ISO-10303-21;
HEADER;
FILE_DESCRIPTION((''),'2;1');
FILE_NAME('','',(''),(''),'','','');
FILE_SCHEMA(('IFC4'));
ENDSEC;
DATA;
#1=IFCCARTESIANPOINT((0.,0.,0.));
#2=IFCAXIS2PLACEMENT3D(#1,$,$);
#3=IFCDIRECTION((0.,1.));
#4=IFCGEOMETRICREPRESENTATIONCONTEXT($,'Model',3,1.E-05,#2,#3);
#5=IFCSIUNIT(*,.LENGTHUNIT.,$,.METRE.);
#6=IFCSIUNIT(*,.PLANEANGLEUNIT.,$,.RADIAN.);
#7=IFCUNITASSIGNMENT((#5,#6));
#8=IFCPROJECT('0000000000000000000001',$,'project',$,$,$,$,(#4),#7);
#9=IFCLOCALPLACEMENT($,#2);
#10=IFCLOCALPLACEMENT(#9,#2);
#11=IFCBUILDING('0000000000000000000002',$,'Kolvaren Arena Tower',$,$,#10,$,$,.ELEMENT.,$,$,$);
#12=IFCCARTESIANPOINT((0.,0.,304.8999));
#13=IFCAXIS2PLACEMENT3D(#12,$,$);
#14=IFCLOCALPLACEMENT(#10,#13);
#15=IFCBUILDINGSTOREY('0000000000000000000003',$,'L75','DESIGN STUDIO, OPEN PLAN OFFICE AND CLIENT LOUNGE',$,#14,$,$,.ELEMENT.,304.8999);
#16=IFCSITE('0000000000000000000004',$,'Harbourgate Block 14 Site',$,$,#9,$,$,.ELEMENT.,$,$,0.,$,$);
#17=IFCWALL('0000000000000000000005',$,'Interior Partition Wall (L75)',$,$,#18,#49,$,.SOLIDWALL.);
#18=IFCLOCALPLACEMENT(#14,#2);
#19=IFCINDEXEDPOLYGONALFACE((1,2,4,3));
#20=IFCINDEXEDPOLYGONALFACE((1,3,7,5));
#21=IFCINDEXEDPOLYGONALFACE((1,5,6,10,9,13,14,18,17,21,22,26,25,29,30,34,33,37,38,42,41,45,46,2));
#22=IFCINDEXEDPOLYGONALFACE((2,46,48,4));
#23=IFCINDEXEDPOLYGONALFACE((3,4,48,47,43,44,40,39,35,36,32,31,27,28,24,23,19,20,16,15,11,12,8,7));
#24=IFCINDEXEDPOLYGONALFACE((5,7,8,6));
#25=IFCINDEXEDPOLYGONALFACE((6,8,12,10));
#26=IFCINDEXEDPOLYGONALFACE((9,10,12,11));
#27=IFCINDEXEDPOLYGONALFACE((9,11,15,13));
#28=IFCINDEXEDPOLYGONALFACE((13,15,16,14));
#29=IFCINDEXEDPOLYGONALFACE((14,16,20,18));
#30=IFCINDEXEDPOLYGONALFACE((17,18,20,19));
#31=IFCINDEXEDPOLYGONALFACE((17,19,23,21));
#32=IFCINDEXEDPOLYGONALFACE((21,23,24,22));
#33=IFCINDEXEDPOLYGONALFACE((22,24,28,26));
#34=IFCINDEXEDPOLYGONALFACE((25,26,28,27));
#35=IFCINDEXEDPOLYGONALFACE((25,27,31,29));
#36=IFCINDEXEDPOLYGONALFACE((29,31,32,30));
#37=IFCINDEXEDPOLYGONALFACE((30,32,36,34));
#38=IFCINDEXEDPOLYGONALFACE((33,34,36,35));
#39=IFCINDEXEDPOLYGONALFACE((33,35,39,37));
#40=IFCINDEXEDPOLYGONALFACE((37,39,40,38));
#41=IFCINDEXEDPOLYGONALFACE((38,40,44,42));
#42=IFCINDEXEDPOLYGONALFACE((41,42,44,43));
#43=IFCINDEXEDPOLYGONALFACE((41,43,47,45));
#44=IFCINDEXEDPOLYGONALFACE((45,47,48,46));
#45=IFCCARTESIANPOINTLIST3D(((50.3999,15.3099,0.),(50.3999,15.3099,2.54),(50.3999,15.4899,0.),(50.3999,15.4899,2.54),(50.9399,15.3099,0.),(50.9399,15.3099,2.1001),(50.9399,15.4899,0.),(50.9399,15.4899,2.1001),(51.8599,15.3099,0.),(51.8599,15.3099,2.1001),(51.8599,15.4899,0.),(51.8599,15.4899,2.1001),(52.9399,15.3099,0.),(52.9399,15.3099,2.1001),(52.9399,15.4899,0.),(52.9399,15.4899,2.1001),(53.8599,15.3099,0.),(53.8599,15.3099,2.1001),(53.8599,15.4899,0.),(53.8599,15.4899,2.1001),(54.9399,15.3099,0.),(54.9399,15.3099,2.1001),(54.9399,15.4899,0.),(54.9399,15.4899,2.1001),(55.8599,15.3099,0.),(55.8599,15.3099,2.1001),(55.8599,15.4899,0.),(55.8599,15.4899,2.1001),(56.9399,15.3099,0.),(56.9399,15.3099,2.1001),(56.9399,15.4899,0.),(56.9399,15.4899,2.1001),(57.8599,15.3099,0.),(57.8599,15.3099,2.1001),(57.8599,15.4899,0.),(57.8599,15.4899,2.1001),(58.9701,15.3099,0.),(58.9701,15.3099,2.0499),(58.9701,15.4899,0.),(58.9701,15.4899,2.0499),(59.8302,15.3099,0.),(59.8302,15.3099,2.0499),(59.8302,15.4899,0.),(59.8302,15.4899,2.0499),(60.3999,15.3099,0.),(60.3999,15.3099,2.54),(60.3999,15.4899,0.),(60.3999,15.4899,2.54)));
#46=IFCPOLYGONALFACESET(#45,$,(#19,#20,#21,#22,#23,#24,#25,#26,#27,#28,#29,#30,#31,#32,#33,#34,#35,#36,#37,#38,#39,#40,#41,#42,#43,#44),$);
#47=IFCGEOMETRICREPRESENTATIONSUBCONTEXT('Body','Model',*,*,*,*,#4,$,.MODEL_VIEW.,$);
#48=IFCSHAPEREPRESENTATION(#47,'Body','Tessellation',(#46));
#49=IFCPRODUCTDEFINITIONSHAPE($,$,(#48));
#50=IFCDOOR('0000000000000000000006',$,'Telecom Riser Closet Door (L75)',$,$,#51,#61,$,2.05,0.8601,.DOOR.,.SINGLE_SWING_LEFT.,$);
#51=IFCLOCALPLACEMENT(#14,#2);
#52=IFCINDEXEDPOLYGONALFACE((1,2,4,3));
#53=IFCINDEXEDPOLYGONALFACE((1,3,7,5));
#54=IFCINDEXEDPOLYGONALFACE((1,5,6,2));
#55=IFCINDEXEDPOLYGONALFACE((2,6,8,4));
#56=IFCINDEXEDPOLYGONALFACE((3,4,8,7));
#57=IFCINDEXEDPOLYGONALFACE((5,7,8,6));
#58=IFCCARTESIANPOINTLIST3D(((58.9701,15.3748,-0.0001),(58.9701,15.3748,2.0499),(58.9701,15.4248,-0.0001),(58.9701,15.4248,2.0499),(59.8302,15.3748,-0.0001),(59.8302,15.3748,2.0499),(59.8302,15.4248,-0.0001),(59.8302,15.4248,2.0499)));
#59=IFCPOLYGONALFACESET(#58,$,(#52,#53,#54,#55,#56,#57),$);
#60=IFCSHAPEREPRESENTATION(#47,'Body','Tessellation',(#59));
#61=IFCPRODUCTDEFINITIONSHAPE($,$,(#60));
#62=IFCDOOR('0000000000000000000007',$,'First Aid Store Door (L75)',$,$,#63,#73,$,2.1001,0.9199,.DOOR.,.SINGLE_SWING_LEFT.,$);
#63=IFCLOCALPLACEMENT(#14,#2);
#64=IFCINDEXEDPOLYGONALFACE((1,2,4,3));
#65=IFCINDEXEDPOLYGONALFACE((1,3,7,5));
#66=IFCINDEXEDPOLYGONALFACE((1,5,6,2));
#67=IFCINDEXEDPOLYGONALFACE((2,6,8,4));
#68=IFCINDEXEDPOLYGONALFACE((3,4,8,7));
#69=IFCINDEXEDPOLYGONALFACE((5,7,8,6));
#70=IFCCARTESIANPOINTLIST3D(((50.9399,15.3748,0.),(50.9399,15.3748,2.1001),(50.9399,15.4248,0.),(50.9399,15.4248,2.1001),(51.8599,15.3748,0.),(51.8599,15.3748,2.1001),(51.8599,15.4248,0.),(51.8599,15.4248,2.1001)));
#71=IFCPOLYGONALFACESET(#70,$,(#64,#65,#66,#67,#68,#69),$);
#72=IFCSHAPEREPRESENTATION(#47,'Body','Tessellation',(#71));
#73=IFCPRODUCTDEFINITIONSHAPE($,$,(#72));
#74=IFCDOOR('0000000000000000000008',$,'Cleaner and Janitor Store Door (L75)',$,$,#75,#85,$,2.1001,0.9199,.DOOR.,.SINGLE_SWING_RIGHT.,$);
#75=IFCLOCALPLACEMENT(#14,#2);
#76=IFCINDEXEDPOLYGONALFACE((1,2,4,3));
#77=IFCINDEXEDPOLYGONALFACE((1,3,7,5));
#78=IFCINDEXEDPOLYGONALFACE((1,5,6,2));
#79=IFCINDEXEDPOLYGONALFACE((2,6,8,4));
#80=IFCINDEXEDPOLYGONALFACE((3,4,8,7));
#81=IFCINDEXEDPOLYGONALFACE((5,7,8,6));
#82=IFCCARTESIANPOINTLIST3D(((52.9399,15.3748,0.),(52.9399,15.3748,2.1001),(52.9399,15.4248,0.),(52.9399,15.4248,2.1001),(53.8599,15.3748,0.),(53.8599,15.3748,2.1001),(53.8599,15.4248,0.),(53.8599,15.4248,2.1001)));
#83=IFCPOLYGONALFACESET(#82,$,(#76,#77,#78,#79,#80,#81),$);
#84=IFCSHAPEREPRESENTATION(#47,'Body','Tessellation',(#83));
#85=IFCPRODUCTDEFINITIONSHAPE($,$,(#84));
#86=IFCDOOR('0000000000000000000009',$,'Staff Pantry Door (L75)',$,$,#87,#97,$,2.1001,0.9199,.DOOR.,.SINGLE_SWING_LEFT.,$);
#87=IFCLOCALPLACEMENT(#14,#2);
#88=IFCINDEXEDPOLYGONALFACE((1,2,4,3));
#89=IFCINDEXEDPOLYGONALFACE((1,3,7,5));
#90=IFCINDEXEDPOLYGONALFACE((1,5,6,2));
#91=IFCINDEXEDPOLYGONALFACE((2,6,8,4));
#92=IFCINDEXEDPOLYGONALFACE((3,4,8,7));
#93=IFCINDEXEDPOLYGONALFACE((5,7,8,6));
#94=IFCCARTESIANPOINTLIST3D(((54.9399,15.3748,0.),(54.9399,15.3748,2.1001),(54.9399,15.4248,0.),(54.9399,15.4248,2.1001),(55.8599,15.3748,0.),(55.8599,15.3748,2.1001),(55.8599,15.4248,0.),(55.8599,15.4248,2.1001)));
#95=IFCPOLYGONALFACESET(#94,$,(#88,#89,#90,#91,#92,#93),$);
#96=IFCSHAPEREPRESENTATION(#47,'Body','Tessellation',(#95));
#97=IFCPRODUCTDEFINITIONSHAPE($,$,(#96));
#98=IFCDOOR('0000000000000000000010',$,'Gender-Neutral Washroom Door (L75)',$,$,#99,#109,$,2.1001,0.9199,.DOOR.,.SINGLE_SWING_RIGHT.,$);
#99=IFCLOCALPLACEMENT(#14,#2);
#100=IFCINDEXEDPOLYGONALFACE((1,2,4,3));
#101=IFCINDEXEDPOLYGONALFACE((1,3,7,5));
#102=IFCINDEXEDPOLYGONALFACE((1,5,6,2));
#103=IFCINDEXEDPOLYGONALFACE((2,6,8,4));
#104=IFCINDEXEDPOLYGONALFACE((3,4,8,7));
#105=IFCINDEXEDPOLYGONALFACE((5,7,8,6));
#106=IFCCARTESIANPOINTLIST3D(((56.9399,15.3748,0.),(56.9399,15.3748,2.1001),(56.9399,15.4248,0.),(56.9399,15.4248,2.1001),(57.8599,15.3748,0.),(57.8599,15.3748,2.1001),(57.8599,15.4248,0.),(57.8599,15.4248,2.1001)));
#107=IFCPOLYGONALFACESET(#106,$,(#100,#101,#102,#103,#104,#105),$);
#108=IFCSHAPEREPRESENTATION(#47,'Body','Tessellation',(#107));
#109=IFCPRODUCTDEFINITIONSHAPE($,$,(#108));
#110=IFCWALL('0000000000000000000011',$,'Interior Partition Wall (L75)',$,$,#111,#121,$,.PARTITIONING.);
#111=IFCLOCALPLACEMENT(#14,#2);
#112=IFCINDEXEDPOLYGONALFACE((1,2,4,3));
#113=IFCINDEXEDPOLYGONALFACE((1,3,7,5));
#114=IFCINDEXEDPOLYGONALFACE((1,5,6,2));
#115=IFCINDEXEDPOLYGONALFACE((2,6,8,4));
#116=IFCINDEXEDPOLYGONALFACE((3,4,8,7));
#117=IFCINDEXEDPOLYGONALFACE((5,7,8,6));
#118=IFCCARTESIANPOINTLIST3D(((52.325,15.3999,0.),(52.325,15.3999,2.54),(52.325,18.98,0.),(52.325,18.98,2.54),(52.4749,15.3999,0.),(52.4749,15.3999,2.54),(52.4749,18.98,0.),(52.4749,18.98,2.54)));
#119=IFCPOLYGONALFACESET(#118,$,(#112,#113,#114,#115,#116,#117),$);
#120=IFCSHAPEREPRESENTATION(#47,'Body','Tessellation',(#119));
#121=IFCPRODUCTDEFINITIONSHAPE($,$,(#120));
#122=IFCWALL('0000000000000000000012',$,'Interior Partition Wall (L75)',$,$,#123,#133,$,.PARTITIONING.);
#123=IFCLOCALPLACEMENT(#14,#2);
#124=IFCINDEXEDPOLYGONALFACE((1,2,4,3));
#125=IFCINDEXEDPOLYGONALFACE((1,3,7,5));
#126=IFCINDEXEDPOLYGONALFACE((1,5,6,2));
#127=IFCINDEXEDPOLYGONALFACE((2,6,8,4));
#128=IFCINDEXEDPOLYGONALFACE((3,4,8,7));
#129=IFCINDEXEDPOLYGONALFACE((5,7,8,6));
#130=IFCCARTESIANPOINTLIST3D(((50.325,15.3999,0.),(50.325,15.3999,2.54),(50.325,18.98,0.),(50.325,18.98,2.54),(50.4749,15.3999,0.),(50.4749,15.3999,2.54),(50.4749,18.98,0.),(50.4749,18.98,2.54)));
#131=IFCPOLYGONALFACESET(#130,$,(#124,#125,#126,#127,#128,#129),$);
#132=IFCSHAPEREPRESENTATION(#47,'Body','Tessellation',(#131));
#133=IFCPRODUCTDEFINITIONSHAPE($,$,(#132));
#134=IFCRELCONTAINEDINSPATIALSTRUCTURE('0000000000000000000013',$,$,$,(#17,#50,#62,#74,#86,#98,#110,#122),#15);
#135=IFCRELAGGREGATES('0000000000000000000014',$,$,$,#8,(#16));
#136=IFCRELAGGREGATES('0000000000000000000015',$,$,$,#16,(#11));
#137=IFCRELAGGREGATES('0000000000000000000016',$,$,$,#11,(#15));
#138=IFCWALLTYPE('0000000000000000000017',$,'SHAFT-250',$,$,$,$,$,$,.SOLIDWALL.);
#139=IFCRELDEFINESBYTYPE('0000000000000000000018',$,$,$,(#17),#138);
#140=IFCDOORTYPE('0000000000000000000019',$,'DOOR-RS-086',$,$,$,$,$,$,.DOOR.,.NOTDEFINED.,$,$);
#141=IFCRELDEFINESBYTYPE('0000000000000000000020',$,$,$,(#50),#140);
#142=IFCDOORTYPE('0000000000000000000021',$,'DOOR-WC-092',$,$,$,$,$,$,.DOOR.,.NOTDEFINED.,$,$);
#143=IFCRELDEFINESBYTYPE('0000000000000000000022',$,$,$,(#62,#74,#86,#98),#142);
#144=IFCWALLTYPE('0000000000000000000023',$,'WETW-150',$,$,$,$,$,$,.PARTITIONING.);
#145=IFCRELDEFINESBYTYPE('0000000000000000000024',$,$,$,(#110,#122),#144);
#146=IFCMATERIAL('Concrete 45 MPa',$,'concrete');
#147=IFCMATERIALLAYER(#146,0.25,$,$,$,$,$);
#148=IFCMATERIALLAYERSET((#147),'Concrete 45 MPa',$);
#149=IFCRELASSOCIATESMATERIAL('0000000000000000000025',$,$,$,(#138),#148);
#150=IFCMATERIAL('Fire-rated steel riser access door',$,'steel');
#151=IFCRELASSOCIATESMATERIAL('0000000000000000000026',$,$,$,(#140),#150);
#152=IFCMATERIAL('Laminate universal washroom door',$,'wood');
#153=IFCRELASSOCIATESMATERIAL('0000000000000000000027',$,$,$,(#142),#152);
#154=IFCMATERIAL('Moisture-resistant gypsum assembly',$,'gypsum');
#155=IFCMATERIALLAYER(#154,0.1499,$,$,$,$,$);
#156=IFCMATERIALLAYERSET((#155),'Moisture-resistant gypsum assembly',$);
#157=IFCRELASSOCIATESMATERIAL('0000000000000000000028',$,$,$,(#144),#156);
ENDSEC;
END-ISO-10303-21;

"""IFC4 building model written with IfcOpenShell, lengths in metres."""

from ifc_helpers import new_model, si_unit, direction, frame, frame_2d, origin, place, context, subcontext, project, spatial, rectangle, extrude, material, layer, layer_set, type_object, element, fill, save


model = new_model("IFC4")

# Units and contexts
model_context = context("Model", 3, precision=1e-05, world=origin(), true_north=direction((0.0, 1.0)))
body_context = subcontext(model_context, "Body", "Model", "MODEL_VIEW")
ifc_project = project(units=[si_unit("LENGTHUNIT", "METRE"), si_unit("PLANEANGLEUNIT", "RADIAN")], contexts=[model_context])

# Site, building, storey
site_placement = place(None, origin())
site = spatial("IfcSite", under=ifc_project, at=site_placement, Name="Harbourgate Block 14 Site", CompositionType="ELEMENT", RefElevation=0.0)
building_placement = place(site_placement, origin())
building = spatial("IfcBuilding", under=site, at=building_placement, Name="Kolvaren Arena Tower", CompositionType="ELEMENT")
storey_placement = place(building_placement, frame((0.0, 0.0, 304.8999)))
storey = spatial("IfcBuildingStorey", under=building, at=storey_placement, Name="L75", Description="DESIGN STUDIO, OPEN PLAN OFFICE AND CLIENT LOUNGE", CompositionType="ELEMENT", Elevation=304.8999)

# Wall, openings, doors
ifc_material_1 = material(Name="Concrete 45 MPa", Category="concrete")
ifc_layer_1 = layer(ifc_material_1, 0.25)
ifc_layer_set_1 = layer_set([ifc_layer_1], Name="Concrete 45 MPa")
wall_type_1 = type_object("IfcWallType", Name="SHAFT-250", PredefinedType="SOLIDWALL", material=ifc_layer_set_1)
wall_1_placement = place(storey_placement, frame((50.3999, 15.3999, 0.0), z_axis=(0.0, 0.0, 1.0), x_axis=(1.0, 0.0, 0.0)))
wall_1 = element("IfcWall", 1, at=wall_1_placement, inside=storey, type_object=wall_type_1, Name="Interior Partition Wall (L75)", PredefinedType="SOLIDWALL", context=body_context, shape_type="SweptSolid", body=[
    extrude(rectangle(XDim=10.0, YDim=0.1799, at=frame_2d((5.0, 0.0))), origin(), (0.0, 0.0, 1.0), 2.54),
])
opening_1_placement = place(wall_1_placement, frame((0.54, 0.0, 0.0)))
opening_1 = element("IfcOpeningElement", 2, at=opening_1_placement, cuts=wall_1, PredefinedType="OPENING", context=body_context, shape_type="SweptSolid", body=[
    extrude(rectangle(XDim=0.9199, YDim=2.1001, at=frame_2d((0.46, 1.05))), frame((0.0, 0.0999, 0.0), z_axis=(0.0, -1.0, 0.0), x_axis=(1.0, 0.0, 0.0)), (0.0, 0.0, 1.0), 0.2),
])
opening_2_placement = place(wall_1_placement, frame((2.54, 0.0, 0.0)))
opening_2 = element("IfcOpeningElement", 3, at=opening_2_placement, cuts=wall_1, PredefinedType="OPENING", context=body_context, shape_type="SweptSolid", body=[
    extrude(rectangle(XDim=0.9199, YDim=2.1001, at=frame_2d((0.46, 1.05))), frame((0.0, 0.0999, 0.0), z_axis=(0.0, -1.0, 0.0), x_axis=(1.0, 0.0, 0.0)), (0.0, 0.0, 1.0), 0.2),
])
opening_3_placement = place(wall_1_placement, frame((4.54, 0.0, 0.0)))
opening_3 = element("IfcOpeningElement", 4, at=opening_3_placement, cuts=wall_1, PredefinedType="OPENING", context=body_context, shape_type="SweptSolid", body=[
    extrude(rectangle(XDim=0.9199, YDim=2.1001, at=frame_2d((0.46, 1.05))), frame((0.0, 0.0999, 0.0), z_axis=(0.0, -1.0, 0.0), x_axis=(1.0, 0.0, 0.0)), (0.0, 0.0, 1.0), 0.2),
])
opening_4_placement = place(wall_1_placement, frame((6.54, 0.0, 0.0)))
opening_4 = element("IfcOpeningElement", 5, at=opening_4_placement, cuts=wall_1, PredefinedType="OPENING", context=body_context, shape_type="SweptSolid", body=[
    extrude(rectangle(XDim=0.9199, YDim=2.1001, at=frame_2d((0.46, 1.05))), frame((0.0, 0.0999, 0.0), z_axis=(0.0, -1.0, 0.0), x_axis=(1.0, 0.0, 0.0)), (0.0, 0.0, 1.0), 0.2),
])
opening_5_placement = place(wall_1_placement, frame((8.5701, 0.0, 0.0)))
opening_5 = element("IfcOpeningElement", 6, at=opening_5_placement, cuts=wall_1, PredefinedType="OPENING", context=body_context, shape_type="SweptSolid", body=[
    extrude(rectangle(XDim=0.8601, YDim=2.05, at=frame_2d((0.4302, 1.0249))), frame((0.0, 0.0999, 0.0), z_axis=(0.0, -1.0, 0.0), x_axis=(1.0, 0.0, 0.0)), (0.0, 0.0, 1.0), 0.2),
])
ifc_material_2 = material(Name="Fire-rated steel riser access door", Category="steel")
door_type_1 = type_object("IfcDoorType", Name="DOOR-RS-086", OperationType="NOTDEFINED", PredefinedType="DOOR", material=ifc_material_2)
door_1_placement = place(opening_5_placement, origin())
door_1 = element("IfcDoor", 7, at=door_1_placement, inside=storey, type_object=door_type_1, Name="Telecom Riser Closet Door (L75)", OperationType="SINGLE_SWING_LEFT", OverallHeight=2.05, OverallWidth=0.8601, PredefinedType="DOOR", context=body_context, shape_type="SweptSolid", body=[
    extrude(rectangle(XDim=0.8601, YDim=2.05, at=frame_2d((0.4302, 1.0249))), frame((0.0, 0.0249, 0.0), z_axis=(0.0, -1.0, 0.0), x_axis=(1.0, 0.0, 0.0)), (0.0, 0.0, 1.0), 0.05),
])
fill(opening_5, door_1)
ifc_material_3 = material(Name="Laminate universal washroom door", Category="wood")
door_type_2 = type_object("IfcDoorType", Name="DOOR-WC-092", OperationType="NOTDEFINED", PredefinedType="DOOR", material=ifc_material_3)
door_2_placement = place(opening_1_placement, origin())
door_2 = element("IfcDoor", 8, at=door_2_placement, inside=storey, type_object=door_type_2, Name="First Aid Store Door (L75)", OperationType="SINGLE_SWING_LEFT", OverallHeight=2.1001, OverallWidth=0.9199, PredefinedType="DOOR", context=body_context, shape_type="SweptSolid", body=[
    extrude(rectangle(XDim=0.9199, YDim=2.1001, at=frame_2d((0.46, 1.05))), frame((0.0, 0.0249, 0.0), z_axis=(0.0, -1.0, 0.0), x_axis=(1.0, 0.0, 0.0)), (0.0, 0.0, 1.0), 0.05),
])
fill(opening_1, door_2)
door_3_placement = place(opening_2_placement, origin())
door_3 = element("IfcDoor", 9, at=door_3_placement, inside=storey, type_object=door_type_2, Name="Cleaner and Janitor Store Door (L75)", OperationType="SINGLE_SWING_RIGHT", OverallHeight=2.1001, OverallWidth=0.9199, PredefinedType="DOOR", context=body_context, shape_type="SweptSolid", body=[
    extrude(rectangle(XDim=0.9199, YDim=2.1001, at=frame_2d((0.46, 1.05))), frame((0.0, 0.0249, 0.0), z_axis=(0.0, -1.0, 0.0), x_axis=(1.0, 0.0, 0.0)), (0.0, 0.0, 1.0), 0.05),
])
fill(opening_2, door_3)
door_4_placement = place(opening_3_placement, origin())
door_4 = element("IfcDoor", 10, at=door_4_placement, inside=storey, type_object=door_type_2, Name="Staff Pantry Door (L75)", OperationType="SINGLE_SWING_LEFT", OverallHeight=2.1001, OverallWidth=0.9199, PredefinedType="DOOR", context=body_context, shape_type="SweptSolid", body=[
    extrude(rectangle(XDim=0.9199, YDim=2.1001, at=frame_2d((0.46, 1.05))), frame((0.0, 0.0249, 0.0), z_axis=(0.0, -1.0, 0.0), x_axis=(1.0, 0.0, 0.0)), (0.0, 0.0, 1.0), 0.05),
])
fill(opening_3, door_4)
door_5_placement = place(opening_4_placement, origin())
door_5 = element("IfcDoor", 11, at=door_5_placement, inside=storey, type_object=door_type_2, Name="Gender-Neutral Washroom Door (L75)", OperationType="SINGLE_SWING_RIGHT", OverallHeight=2.1001, OverallWidth=0.9199, PredefinedType="DOOR", context=body_context, shape_type="SweptSolid", body=[
    extrude(rectangle(XDim=0.9199, YDim=2.1001, at=frame_2d((0.46, 1.05))), frame((0.0, 0.0249, 0.0), z_axis=(0.0, -1.0, 0.0), x_axis=(1.0, 0.0, 0.0)), (0.0, 0.0, 1.0), 0.05),
])
fill(opening_4, door_5)

# Walls
ifc_material_4 = material(Name="Moisture-resistant gypsum assembly", Category="gypsum")
ifc_layer_2 = layer(ifc_material_4, 0.1499)
ifc_layer_set_2 = layer_set([ifc_layer_2], Name="Moisture-resistant gypsum assembly")
wall_type_2 = type_object("IfcWallType", Name="WETW-150", PredefinedType="PARTITIONING", material=ifc_layer_set_2)
for number, where, z_axis, x_axis, name in (
    (12, (52.3999, 15.3999, 0.0), (0.0, 0.0, 1.0), (0.0, 1.0, 0.0), "Interior Partition Wall (L75)"),
    (13, (50.3999, 15.3999, 0.0), (0.0, 0.0, 1.0), (0.0, 1.0, 0.0), "Interior Partition Wall (L75)"),
):
    element("IfcWall", number, at=place(storey_placement, frame(where, z_axis=z_axis, x_axis=x_axis)), inside=storey, type_object=wall_type_2, Name=name, PredefinedType="PARTITIONING", context=body_context, shape_type="SweptSolid", body=[
        extrude(rectangle(XDim=3.5801, YDim=0.1499, at=frame_2d((1.79, 0.0))), origin(), (0.0, 0.0, 1.0), 2.54),
    ])

save(model, "model.ifc")
